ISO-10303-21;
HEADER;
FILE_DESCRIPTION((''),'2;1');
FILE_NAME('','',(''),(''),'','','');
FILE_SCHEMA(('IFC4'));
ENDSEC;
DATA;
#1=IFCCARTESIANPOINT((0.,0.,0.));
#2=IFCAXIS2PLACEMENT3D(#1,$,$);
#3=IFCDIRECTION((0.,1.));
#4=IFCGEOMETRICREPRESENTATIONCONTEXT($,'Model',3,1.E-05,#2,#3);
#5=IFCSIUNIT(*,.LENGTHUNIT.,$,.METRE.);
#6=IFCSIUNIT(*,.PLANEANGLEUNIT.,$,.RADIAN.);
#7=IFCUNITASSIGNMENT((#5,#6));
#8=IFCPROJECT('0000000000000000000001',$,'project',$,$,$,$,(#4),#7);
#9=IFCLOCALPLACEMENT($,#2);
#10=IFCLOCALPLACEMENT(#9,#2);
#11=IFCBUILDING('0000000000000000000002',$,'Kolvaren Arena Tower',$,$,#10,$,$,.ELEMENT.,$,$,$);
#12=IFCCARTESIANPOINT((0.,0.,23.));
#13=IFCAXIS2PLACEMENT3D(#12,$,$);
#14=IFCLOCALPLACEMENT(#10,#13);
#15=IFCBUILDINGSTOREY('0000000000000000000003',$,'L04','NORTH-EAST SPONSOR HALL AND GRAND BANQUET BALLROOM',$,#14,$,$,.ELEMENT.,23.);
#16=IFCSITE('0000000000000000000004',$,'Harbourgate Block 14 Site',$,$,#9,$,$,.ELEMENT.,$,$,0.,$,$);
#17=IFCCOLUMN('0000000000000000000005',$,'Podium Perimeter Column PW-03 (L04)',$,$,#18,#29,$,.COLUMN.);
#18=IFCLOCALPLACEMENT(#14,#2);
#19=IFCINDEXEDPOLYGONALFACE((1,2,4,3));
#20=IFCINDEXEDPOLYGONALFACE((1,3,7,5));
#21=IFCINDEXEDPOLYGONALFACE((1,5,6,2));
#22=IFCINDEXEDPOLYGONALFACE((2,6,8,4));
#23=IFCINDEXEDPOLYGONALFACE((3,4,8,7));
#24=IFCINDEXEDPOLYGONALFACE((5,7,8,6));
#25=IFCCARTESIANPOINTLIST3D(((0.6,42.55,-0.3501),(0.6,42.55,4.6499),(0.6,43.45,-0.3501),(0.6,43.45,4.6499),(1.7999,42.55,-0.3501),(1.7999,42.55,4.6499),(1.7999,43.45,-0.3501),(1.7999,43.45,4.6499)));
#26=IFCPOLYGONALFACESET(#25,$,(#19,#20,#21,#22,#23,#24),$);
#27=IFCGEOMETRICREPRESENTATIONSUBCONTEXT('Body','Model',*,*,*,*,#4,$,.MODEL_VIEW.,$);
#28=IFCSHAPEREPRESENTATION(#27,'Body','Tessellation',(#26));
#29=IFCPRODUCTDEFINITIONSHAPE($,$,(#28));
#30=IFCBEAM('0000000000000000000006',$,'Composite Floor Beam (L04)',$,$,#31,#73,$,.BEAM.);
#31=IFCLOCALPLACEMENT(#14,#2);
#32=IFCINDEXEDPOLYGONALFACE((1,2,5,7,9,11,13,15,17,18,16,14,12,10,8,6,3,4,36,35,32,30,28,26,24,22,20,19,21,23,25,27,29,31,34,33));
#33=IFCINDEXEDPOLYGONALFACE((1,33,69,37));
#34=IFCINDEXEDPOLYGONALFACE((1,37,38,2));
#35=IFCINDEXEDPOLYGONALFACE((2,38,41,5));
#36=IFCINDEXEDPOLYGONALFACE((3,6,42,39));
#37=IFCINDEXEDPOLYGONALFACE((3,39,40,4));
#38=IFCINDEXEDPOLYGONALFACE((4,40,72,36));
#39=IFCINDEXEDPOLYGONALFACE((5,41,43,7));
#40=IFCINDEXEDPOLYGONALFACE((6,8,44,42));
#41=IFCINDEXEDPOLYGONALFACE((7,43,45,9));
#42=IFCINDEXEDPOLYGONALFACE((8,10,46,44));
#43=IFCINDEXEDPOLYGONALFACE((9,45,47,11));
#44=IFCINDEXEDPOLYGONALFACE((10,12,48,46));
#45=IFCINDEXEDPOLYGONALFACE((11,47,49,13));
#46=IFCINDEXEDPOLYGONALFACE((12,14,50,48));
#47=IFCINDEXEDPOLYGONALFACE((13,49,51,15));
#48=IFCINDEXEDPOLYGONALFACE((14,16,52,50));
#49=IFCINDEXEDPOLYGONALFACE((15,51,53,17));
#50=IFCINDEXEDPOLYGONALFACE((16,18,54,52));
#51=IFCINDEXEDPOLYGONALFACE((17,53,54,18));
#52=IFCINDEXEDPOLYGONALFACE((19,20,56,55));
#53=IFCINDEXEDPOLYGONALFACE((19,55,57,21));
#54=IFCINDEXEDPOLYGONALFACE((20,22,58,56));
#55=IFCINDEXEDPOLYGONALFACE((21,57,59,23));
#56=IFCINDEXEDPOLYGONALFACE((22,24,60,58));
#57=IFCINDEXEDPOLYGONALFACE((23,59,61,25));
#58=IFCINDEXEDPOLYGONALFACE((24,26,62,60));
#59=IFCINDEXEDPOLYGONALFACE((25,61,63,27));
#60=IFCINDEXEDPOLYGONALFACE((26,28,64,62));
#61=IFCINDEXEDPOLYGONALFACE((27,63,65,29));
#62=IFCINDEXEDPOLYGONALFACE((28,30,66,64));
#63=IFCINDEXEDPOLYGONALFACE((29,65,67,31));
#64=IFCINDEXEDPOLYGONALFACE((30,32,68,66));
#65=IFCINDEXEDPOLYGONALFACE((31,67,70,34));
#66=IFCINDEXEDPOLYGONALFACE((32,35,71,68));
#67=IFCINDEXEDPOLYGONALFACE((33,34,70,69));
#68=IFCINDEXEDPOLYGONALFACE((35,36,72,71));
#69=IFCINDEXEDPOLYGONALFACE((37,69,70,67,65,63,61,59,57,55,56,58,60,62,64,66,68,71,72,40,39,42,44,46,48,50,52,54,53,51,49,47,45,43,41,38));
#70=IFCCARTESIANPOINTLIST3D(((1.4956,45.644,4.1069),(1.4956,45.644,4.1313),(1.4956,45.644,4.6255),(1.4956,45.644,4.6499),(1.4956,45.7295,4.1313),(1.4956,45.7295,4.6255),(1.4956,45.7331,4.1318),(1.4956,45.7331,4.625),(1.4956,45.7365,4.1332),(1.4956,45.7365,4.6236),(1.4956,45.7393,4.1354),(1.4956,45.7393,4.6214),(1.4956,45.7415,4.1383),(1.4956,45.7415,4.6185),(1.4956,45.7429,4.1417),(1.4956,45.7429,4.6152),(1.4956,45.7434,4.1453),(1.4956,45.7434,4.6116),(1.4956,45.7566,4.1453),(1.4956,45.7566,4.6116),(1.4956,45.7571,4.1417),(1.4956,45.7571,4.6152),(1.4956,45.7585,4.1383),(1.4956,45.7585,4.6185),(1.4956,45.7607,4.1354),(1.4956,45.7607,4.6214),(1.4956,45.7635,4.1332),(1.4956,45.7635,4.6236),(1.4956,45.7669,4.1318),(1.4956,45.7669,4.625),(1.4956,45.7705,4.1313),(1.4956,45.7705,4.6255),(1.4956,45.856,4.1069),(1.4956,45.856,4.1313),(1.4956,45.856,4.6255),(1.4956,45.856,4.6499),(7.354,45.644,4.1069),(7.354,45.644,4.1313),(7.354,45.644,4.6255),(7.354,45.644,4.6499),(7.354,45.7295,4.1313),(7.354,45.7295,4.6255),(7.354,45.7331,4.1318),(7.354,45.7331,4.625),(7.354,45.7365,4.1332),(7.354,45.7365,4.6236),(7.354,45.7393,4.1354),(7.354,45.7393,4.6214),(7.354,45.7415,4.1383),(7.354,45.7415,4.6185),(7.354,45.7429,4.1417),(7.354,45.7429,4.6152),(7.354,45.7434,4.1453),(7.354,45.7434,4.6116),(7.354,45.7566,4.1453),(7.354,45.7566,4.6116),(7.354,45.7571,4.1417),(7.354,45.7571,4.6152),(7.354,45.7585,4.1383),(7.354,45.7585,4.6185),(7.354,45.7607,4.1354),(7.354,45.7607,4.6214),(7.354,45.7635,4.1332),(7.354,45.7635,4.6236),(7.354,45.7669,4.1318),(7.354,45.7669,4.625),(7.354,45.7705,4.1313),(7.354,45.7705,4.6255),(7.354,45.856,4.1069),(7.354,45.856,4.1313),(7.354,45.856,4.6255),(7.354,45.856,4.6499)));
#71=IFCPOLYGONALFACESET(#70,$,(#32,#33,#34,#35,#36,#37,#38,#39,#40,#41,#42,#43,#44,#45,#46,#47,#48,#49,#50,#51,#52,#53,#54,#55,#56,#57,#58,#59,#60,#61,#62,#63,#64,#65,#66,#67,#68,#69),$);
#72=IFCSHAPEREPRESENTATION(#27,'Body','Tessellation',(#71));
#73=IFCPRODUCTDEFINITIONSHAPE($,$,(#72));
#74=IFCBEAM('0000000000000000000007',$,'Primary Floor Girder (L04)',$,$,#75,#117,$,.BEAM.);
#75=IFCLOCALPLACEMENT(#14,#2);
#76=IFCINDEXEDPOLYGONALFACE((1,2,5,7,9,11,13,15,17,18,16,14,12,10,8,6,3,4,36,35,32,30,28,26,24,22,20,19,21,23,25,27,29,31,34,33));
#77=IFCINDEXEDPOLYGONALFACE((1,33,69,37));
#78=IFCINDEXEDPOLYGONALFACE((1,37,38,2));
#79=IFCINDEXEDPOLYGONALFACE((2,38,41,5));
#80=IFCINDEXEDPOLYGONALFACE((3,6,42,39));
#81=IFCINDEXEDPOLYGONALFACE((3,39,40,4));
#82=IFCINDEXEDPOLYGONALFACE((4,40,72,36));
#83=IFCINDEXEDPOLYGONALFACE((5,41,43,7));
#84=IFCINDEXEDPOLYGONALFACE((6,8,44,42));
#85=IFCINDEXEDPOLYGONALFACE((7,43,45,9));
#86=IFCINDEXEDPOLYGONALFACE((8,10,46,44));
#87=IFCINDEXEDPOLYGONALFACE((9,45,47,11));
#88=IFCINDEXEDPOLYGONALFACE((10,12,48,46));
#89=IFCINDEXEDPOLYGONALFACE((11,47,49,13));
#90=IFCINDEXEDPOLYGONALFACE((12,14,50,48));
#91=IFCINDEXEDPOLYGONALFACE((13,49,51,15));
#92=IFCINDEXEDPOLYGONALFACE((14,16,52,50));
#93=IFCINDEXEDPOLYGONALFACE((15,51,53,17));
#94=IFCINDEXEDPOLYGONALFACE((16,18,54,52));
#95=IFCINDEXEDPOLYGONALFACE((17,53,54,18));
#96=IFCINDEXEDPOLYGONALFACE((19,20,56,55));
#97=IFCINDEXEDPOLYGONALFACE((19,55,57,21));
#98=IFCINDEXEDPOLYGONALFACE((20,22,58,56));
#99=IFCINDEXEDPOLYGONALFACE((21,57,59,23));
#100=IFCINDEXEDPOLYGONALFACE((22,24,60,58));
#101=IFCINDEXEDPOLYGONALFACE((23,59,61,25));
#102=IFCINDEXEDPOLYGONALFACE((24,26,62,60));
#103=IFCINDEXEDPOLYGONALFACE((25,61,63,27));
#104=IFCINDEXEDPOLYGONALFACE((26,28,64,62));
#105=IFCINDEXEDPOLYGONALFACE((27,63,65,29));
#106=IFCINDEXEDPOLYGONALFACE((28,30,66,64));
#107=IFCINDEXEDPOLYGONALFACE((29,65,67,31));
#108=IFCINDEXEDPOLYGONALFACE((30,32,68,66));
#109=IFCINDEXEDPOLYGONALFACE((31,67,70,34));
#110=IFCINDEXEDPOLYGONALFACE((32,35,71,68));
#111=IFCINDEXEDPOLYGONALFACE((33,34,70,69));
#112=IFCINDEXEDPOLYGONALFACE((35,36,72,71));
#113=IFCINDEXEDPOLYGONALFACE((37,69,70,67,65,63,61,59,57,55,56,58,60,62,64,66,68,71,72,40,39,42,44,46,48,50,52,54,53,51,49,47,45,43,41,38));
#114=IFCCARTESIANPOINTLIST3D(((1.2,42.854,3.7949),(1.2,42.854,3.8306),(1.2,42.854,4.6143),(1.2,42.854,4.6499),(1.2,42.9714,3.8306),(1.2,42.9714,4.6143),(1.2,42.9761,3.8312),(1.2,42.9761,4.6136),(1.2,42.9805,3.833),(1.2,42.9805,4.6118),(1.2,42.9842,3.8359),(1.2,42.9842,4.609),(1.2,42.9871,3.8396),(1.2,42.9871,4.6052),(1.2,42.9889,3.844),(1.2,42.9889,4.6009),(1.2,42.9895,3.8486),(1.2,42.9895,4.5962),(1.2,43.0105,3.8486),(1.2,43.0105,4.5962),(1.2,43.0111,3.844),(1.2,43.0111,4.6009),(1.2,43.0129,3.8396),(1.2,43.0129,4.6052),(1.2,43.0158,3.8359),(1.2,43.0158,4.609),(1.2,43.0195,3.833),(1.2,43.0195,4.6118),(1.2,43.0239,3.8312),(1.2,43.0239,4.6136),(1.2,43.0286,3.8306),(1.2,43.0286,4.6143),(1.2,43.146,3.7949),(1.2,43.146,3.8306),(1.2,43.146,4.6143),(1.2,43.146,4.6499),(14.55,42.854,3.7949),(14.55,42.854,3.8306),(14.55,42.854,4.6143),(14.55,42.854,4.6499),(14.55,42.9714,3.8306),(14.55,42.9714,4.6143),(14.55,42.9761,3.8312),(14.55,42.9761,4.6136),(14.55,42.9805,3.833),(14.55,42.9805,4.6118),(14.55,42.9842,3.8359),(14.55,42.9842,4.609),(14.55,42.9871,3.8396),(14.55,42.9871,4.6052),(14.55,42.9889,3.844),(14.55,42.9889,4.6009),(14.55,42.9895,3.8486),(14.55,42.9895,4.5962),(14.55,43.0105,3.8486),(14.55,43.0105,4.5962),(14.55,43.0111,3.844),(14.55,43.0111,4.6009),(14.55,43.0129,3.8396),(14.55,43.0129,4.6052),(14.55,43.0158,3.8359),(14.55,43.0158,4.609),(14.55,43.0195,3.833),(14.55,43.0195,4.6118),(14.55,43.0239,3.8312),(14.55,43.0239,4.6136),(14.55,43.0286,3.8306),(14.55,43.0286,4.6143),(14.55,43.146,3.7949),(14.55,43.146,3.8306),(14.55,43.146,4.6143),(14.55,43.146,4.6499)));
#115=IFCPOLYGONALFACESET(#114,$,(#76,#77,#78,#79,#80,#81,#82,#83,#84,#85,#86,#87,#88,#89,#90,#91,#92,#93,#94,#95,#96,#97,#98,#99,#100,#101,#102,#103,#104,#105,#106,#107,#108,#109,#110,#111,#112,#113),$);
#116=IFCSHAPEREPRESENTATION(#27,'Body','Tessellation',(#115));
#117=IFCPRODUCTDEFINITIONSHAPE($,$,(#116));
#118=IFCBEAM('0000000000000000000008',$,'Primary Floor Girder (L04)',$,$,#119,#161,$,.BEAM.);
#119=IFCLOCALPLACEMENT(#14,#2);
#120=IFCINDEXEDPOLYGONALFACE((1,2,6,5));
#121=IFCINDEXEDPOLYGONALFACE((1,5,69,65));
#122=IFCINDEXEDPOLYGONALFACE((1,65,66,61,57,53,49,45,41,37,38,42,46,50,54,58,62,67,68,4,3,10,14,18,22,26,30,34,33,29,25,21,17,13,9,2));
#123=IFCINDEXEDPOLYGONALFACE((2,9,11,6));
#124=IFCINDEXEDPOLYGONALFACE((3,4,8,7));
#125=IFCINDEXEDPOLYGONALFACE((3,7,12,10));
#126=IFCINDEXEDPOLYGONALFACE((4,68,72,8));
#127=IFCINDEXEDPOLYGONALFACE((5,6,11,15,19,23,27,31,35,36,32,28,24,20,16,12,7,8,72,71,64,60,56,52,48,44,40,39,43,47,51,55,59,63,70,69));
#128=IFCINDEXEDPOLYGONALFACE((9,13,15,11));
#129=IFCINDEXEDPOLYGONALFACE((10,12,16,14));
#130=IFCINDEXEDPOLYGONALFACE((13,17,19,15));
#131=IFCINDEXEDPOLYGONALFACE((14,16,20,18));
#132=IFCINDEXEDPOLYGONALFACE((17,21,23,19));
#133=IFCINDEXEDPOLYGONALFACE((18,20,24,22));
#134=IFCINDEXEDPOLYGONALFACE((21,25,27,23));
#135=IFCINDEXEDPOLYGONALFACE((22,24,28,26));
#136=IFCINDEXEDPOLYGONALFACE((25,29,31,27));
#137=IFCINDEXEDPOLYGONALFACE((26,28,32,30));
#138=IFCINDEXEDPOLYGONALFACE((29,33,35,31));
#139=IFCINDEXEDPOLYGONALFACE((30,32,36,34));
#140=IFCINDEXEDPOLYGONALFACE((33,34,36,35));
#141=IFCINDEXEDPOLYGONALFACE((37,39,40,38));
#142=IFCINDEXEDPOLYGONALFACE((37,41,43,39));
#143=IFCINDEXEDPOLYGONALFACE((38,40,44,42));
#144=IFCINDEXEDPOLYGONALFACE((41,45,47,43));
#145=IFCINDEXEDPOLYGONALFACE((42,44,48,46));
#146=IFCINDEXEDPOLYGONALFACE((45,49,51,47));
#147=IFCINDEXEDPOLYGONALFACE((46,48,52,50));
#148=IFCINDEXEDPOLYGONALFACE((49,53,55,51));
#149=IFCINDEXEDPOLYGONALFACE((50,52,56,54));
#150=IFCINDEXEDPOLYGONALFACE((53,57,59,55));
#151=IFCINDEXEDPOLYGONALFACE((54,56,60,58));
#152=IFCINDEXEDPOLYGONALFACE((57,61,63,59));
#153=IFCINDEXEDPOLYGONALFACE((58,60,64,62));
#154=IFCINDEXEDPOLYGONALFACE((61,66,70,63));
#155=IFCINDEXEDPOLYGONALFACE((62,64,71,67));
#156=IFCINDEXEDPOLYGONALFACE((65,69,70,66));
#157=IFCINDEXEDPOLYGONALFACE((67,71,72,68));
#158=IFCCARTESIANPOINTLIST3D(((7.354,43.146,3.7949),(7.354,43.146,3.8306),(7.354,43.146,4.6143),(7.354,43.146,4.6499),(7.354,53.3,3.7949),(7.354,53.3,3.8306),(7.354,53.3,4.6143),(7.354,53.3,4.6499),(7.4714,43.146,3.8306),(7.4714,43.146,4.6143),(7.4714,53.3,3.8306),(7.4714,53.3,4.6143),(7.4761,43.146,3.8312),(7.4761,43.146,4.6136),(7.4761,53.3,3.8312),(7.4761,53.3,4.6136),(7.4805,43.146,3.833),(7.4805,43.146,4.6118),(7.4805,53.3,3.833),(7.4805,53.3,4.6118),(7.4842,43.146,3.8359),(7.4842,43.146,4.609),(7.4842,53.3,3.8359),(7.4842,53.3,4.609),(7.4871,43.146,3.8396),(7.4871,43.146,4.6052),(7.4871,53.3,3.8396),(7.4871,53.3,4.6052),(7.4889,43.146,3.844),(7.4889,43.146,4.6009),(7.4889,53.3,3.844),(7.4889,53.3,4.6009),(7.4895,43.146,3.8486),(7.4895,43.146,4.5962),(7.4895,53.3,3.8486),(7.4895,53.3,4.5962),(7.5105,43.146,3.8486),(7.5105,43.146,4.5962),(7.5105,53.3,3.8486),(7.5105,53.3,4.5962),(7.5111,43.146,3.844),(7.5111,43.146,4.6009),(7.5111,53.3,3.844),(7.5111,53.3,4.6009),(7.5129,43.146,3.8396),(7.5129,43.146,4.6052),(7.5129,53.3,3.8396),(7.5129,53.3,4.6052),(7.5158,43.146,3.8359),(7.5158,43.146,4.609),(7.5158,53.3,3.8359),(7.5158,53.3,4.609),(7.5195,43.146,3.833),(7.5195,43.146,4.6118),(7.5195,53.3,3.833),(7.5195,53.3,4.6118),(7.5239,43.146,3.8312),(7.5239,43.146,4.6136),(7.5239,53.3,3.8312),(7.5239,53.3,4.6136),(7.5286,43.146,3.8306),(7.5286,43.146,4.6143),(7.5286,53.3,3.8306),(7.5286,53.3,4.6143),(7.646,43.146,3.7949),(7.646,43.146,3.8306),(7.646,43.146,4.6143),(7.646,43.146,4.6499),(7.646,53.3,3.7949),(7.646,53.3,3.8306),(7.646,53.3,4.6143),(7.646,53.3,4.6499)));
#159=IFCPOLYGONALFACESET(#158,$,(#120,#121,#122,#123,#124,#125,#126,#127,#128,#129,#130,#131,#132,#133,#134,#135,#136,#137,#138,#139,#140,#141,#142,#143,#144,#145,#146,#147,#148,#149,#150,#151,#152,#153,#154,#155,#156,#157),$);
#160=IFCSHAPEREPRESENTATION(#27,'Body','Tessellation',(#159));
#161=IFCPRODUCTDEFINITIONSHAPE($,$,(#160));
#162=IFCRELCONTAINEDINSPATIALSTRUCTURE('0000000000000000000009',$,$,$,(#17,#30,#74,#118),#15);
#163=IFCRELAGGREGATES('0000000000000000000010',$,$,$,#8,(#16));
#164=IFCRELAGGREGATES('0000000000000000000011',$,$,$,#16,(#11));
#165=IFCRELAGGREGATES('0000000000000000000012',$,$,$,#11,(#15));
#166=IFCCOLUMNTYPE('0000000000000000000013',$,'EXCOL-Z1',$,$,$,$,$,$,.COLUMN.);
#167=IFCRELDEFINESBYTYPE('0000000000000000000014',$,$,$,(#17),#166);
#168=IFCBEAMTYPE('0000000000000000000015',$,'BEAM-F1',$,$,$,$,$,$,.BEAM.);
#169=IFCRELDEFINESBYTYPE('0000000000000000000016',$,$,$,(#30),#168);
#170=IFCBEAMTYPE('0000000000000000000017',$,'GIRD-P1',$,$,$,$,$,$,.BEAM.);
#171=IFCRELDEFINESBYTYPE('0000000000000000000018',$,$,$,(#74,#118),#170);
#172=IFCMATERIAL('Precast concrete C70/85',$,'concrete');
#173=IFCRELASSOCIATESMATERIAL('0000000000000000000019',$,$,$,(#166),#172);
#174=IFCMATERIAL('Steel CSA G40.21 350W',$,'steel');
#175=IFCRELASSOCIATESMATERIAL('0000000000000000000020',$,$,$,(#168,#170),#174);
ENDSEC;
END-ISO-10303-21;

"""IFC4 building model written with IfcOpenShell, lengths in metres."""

from ifc_helpers import new_model, si_unit, direction, frame, origin, origin_2d, place, context, subcontext, project, spatial, rectangle, i_section, extrude, material, material_profile, profile_set, type_object, element, save


model = new_model("IFC4")

# Units and contexts
model_context = context("Model", 3, precision=1e-05, world=origin(), true_north=direction((0.0, 1.0)))
body_context = subcontext(model_context, "Body", "Model", "MODEL_VIEW")
ifc_project = project(units=[si_unit("LENGTHUNIT", "METRE"), si_unit("PLANEANGLEUNIT", "RADIAN")], contexts=[model_context])

# Site, building, storey
site_placement = place(None, origin())
site = spatial("IfcSite", under=ifc_project, at=site_placement, Name="Harbourgate Block 14 Site", CompositionType="ELEMENT", RefElevation=0.0)
building_placement = place(site_placement, origin())
building = spatial("IfcBuilding", under=site, at=building_placement, Name="Kolvaren Arena Tower", CompositionType="ELEMENT")
storey_placement = place(building_placement, frame((0.0, 0.0, 23.0)))
storey = spatial("IfcBuildingStorey", under=building, at=storey_placement, Name="L04", Description="NORTH-EAST SPONSOR HALL AND GRAND BANQUET BALLROOM", CompositionType="ELEMENT", Elevation=23.0)

# Column
ifc_material_1 = material(Name="Precast concrete C70/85", Category="concrete")
ifc_material_profile_1 = material_profile(ifc_material_1, rectangle(XDim=1.2, YDim=0.8999, at=origin_2d()), Name="RC-1200x900")
ifc_profile_set_1 = profile_set([ifc_material_profile_1], Name="Precast concrete C70/85")
column_type = type_object("IfcColumnType", Name="EXCOL-Z1", PredefinedType="COLUMN", material=ifc_profile_set_1)
column_placement = place(storey_placement, frame((1.2, 43.0, -0.3501), z_axis=(0.0, 0.0, 1.0), x_axis=(1.0, 0.0, 0.0)))
element("IfcColumn", 1, at=column_placement, inside=storey, type_object=column_type, Name="Podium Perimeter Column PW-03 (L04)", PredefinedType="COLUMN", context=body_context, shape_type="SweptSolid", body=[
    extrude(rectangle(XDim=1.2, YDim=0.8999, at=origin_2d()), origin(), (0.0, 0.0, 1.0), 5.0),
])

# Beams
ifc_material_2 = material(Name="Steel CSA G40.21 350W", Category="steel")
ifc_material_profile_2 = material_profile(ifc_material_2, i_section(OverallWidth=0.2119, OverallDepth=0.543, WebThickness=0.0132, FlangeThickness=0.0244, FilletRadius=0.0139, at=origin_2d()), Name="W530x150")
ifc_profile_set_2 = profile_set([ifc_material_profile_2], Name="Steel CSA G40.21 350W")
beam_type_1 = type_object("IfcBeamType", Name="BEAM-F1", PredefinedType="BEAM", material=ifc_profile_set_2)
beam_1_placement = place(storey_placement, frame((1.4956, 45.75, 4.3784), z_axis=(1.0, 0.0, 0.0), x_axis=(0.0, 1.0, 0.0)))
element("IfcBeam", 2, at=beam_1_placement, inside=storey, type_object=beam_type_1, Name="Composite Floor Beam (L04)", PredefinedType="BEAM", context=body_context, shape_type="SweptSolid", body=[
    extrude(i_section(OverallWidth=0.2119, OverallDepth=0.543, WebThickness=0.0132, FlangeThickness=0.0244, FilletRadius=0.0139, at=origin_2d()), origin(), (0.0, 0.0, 1.0), 5.8584),
])
ifc_material_profile_3 = material_profile(ifc_material_2, i_section(OverallWidth=0.292, OverallDepth=0.855, WebThickness=0.021, FlangeThickness=0.0356, FilletRadius=0.0181, at=origin_2d()), Name="W840x299")
ifc_profile_set_3 = profile_set([ifc_material_profile_3], Name="Steel CSA G40.21 350W")
beam_type_2 = type_object("IfcBeamType", Name="GIRD-P1", PredefinedType="BEAM", material=ifc_profile_set_3)
beam_2_placement = place(storey_placement, frame((1.2, 43.0, 4.2224), z_axis=(1.0, 0.0, 0.0), x_axis=(0.0, 1.0, 0.0)))
element("IfcBeam", 3, at=beam_2_placement, inside=storey, type_object=beam_type_2, Name="Primary Floor Girder (L04)", PredefinedType="BEAM", context=body_context, shape_type="SweptSolid", body=[
    extrude(i_section(OverallWidth=0.292, OverallDepth=0.855, WebThickness=0.021, FlangeThickness=0.0356, FilletRadius=0.0181, at=origin_2d()), origin(), (0.0, 0.0, 1.0), 13.3501),
])
beam_3_placement = place(storey_placement, frame((7.5, 43.146, 4.2224), z_axis=(0.0, 1.0, 0.0), x_axis=(-1.0, 0.0, 0.0)))
element("IfcBeam", 4, at=beam_3_placement, inside=storey, type_object=beam_type_2, Name="Primary Floor Girder (L04)", PredefinedType="BEAM", context=body_context, shape_type="SweptSolid", body=[
    extrude(i_section(OverallWidth=0.292, OverallDepth=0.855, WebThickness=0.021, FlangeThickness=0.0356, FilletRadius=0.0181, at=origin_2d()), origin(), (0.0, 0.0, 1.0), 10.1541),
])

save(model, "model.ifc")
